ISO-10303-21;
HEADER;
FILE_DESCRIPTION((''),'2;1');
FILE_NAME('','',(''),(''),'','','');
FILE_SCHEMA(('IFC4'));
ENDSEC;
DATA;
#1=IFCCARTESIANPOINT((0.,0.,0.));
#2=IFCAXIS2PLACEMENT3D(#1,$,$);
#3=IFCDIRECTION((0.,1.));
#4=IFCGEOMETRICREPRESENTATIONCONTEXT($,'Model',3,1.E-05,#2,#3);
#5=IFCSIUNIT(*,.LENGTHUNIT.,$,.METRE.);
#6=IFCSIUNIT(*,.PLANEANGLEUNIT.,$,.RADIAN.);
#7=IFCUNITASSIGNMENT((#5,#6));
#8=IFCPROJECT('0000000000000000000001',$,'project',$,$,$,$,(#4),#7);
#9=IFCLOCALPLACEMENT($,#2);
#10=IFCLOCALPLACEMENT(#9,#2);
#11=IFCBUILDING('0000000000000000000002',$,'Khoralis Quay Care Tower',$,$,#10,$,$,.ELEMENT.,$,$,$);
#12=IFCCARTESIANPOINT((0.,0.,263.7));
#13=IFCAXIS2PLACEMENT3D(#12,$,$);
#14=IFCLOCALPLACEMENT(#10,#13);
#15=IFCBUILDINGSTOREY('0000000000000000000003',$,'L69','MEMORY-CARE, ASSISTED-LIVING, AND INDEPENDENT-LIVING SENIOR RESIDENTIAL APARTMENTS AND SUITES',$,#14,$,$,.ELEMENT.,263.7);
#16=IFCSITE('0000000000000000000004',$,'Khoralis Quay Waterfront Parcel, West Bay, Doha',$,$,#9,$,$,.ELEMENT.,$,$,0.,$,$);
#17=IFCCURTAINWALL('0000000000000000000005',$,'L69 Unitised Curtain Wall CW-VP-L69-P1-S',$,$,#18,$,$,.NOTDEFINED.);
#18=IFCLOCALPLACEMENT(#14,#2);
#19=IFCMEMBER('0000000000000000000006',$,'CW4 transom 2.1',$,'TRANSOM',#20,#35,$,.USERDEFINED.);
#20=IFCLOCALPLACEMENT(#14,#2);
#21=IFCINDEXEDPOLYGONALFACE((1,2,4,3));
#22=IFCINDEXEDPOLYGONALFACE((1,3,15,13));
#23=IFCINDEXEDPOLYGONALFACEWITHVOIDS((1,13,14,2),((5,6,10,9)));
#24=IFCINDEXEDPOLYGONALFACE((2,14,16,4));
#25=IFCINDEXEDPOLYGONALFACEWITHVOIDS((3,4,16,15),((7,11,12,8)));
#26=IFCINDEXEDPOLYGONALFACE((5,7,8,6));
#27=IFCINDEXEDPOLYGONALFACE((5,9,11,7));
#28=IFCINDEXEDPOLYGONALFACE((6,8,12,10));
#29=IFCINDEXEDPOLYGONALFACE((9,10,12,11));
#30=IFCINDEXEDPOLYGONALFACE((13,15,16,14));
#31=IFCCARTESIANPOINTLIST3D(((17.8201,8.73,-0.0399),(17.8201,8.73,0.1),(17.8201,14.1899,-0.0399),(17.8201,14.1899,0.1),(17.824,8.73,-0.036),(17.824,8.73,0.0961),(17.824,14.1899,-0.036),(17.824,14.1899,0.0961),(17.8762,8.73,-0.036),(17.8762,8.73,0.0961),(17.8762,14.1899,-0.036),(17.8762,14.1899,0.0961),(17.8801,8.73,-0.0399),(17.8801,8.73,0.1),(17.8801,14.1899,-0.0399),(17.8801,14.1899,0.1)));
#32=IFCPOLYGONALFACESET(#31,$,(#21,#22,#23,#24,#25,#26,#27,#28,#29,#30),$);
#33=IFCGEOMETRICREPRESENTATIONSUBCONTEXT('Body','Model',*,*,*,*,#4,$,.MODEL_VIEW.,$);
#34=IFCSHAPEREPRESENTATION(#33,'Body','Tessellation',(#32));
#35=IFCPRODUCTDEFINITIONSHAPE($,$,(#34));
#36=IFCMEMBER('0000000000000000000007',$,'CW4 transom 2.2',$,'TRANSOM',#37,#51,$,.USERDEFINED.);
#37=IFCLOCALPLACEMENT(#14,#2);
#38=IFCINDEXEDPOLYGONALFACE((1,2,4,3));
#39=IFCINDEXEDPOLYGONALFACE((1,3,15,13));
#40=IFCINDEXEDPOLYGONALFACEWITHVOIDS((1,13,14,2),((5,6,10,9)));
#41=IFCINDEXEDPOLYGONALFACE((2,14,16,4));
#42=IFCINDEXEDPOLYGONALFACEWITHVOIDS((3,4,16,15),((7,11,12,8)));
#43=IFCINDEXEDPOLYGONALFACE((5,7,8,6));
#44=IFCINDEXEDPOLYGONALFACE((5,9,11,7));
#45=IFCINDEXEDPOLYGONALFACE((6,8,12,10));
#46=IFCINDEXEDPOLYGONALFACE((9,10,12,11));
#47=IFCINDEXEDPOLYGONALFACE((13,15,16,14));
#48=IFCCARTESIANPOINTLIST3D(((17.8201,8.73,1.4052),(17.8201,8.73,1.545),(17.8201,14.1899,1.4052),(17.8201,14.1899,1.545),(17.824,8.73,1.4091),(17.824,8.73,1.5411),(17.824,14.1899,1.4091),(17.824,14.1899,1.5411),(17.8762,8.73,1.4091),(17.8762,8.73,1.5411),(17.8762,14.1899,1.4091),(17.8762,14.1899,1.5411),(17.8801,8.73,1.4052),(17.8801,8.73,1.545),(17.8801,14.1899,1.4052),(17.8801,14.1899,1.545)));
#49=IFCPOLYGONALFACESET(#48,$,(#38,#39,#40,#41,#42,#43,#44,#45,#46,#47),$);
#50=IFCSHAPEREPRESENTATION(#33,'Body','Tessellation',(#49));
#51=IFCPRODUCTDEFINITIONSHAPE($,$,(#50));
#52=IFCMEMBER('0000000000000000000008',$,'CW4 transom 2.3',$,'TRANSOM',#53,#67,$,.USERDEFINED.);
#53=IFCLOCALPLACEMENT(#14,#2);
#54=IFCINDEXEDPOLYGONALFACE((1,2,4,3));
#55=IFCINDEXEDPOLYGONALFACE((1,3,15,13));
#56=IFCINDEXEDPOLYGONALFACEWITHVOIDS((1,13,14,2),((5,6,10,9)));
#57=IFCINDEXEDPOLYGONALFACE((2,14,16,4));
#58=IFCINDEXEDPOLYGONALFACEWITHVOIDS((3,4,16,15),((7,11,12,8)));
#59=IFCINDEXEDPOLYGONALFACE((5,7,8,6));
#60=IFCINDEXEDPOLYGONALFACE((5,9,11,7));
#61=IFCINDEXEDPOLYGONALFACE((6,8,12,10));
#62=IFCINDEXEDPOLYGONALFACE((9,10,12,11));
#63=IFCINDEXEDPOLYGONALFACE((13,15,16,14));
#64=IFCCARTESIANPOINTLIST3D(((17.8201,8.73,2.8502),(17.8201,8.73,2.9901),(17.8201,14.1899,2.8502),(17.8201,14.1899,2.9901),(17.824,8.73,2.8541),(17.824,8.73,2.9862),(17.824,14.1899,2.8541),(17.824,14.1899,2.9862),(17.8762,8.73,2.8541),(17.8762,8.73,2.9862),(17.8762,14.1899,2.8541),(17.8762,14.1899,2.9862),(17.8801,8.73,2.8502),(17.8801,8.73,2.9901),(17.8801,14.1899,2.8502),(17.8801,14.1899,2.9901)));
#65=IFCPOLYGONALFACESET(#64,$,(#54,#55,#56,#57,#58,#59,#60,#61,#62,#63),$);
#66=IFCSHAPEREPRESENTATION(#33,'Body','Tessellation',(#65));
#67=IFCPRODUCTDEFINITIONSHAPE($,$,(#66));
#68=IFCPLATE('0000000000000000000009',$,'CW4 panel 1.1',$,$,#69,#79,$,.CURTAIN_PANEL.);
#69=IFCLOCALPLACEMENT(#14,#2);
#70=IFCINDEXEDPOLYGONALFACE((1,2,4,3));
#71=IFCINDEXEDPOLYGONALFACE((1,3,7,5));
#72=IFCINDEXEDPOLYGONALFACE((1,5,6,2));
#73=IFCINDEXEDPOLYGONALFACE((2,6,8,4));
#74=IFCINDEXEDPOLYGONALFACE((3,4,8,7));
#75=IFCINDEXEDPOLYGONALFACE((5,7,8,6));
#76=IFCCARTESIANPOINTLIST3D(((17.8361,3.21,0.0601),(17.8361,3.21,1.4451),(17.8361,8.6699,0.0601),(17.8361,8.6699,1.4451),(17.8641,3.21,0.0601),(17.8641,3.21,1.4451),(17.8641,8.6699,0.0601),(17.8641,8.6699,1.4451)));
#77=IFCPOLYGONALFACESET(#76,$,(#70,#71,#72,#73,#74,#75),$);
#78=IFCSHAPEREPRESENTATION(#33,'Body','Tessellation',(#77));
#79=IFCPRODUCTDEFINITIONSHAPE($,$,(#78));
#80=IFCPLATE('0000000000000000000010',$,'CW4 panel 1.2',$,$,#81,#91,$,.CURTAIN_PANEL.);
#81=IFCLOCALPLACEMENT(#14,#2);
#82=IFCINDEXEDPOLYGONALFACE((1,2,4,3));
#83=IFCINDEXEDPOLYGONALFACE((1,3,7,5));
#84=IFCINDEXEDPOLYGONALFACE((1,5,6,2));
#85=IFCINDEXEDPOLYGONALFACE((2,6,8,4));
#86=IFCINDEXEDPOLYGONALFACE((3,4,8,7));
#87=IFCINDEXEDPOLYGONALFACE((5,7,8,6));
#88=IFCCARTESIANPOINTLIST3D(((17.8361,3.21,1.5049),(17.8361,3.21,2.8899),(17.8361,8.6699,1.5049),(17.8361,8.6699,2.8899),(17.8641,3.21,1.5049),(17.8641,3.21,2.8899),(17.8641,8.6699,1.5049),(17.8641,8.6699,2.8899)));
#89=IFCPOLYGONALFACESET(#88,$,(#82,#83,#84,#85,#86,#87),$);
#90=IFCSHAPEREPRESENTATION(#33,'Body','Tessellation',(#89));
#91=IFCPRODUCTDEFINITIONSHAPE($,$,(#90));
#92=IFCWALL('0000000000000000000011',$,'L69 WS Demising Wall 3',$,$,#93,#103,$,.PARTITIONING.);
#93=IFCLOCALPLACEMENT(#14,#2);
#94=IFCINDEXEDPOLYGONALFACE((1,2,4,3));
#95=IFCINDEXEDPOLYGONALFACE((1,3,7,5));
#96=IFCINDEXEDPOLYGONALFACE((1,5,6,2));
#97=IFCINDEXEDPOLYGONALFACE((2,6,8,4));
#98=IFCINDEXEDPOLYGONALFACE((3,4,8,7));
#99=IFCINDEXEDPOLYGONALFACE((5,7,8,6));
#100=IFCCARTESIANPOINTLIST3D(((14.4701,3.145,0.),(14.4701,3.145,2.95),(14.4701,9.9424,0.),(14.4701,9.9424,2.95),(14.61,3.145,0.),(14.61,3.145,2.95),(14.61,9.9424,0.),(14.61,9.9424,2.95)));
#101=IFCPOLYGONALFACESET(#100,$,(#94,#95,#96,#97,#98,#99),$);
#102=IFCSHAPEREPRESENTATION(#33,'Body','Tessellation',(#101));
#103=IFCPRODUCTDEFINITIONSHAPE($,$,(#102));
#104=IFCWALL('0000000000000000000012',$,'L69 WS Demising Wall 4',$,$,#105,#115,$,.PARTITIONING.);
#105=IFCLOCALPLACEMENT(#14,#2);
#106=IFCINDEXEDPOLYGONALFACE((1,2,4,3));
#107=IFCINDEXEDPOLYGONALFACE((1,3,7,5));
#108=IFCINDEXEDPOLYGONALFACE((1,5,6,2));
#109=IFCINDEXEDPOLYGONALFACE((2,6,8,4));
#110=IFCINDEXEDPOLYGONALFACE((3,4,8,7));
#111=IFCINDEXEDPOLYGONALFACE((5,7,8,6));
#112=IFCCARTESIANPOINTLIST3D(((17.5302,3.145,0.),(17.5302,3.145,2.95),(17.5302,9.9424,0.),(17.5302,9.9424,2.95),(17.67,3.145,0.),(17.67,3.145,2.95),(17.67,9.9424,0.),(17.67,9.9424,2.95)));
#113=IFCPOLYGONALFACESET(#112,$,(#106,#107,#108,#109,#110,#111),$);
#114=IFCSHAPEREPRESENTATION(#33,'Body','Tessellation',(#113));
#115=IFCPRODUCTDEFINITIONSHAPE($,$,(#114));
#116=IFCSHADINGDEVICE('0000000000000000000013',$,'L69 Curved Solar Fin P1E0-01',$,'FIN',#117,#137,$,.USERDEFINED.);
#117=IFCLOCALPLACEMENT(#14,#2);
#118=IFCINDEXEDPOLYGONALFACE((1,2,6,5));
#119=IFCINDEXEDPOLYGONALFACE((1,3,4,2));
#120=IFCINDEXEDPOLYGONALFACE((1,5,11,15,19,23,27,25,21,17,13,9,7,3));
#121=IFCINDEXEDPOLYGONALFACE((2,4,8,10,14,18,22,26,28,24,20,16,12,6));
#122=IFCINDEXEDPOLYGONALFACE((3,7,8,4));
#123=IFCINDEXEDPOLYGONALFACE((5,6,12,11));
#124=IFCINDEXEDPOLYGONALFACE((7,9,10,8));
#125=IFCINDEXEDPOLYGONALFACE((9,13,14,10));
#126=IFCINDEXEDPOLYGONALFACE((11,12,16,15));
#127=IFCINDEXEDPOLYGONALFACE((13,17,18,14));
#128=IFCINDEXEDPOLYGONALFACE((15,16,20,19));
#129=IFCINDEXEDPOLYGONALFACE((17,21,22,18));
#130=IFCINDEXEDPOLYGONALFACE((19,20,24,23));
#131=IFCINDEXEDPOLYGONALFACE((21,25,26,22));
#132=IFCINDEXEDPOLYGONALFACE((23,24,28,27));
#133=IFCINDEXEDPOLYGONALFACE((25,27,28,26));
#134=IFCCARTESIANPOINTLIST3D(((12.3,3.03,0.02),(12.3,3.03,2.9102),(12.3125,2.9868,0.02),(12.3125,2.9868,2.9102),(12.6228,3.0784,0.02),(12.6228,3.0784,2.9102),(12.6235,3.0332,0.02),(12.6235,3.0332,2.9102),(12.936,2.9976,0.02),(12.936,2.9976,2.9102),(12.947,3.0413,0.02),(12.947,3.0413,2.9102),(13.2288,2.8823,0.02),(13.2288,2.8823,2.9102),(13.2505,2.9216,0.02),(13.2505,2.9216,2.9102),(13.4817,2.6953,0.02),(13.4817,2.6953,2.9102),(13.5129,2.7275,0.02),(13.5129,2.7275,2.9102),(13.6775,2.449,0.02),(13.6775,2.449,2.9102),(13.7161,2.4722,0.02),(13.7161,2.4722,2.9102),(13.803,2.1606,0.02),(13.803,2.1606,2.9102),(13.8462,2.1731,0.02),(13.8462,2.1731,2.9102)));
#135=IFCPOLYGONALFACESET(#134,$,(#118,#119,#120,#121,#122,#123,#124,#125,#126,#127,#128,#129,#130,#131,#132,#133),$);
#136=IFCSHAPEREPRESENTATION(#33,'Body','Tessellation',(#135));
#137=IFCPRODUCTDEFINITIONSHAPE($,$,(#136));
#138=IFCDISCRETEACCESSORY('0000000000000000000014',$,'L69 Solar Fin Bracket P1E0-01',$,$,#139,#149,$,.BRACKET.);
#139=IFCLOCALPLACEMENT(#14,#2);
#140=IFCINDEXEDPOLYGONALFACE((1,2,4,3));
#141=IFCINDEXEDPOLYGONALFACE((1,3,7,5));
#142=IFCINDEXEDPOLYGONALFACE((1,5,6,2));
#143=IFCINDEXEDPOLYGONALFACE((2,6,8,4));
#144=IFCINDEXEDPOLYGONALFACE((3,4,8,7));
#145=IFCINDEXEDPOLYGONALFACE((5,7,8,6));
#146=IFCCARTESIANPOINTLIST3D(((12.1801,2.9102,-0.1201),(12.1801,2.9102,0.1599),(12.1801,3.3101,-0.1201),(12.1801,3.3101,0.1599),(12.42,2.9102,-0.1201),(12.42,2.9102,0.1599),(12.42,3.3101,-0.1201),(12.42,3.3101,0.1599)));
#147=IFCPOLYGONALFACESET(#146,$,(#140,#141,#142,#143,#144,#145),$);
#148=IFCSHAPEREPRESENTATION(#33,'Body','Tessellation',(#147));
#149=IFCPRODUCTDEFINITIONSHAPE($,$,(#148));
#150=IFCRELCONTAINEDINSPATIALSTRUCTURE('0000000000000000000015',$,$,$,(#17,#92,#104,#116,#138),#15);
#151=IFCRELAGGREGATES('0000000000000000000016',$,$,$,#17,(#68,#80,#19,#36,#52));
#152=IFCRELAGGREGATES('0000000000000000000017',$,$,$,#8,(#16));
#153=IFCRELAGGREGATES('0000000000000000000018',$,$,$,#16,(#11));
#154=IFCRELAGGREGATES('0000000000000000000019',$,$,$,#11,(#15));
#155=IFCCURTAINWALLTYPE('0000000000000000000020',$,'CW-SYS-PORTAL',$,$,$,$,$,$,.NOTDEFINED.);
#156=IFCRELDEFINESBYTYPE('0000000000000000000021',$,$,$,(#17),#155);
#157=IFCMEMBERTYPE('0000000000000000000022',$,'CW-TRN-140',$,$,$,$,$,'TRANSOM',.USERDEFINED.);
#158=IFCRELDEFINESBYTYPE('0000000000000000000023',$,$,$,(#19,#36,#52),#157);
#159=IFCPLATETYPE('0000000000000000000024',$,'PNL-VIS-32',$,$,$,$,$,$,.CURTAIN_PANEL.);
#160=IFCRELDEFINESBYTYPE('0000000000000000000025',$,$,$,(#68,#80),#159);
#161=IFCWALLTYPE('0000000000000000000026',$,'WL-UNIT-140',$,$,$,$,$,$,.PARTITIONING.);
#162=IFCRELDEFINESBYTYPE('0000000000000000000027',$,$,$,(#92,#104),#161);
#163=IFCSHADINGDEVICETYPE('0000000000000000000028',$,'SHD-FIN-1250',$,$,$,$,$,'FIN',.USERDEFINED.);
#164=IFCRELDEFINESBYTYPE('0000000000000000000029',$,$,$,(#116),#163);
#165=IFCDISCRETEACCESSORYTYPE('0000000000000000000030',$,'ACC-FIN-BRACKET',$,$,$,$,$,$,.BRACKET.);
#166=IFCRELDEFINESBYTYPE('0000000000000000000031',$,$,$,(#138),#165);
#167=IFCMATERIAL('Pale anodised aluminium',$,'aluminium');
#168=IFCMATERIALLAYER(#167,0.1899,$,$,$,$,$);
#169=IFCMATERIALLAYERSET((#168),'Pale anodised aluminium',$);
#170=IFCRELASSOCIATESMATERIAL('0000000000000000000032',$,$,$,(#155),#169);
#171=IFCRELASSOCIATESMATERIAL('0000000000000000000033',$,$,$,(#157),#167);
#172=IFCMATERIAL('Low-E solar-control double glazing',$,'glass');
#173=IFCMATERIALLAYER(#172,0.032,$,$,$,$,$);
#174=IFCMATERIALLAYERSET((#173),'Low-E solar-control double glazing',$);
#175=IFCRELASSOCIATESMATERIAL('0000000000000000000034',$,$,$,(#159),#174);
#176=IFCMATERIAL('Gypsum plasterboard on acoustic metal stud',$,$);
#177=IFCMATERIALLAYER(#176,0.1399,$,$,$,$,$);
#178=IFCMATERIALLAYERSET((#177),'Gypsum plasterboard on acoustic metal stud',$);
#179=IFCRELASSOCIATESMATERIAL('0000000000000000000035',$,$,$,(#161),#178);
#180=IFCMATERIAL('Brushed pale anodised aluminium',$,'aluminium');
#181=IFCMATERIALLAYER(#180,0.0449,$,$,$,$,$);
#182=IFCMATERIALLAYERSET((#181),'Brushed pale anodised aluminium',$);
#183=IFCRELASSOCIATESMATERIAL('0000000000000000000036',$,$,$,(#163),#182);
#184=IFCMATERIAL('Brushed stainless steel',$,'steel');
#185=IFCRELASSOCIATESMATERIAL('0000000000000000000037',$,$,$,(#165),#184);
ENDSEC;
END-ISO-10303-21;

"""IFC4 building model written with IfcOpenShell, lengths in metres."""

from ifc_helpers import new_model, si_unit, direction, frame, frame_2d, origin, origin_2d, place, context, subcontext, project, spatial, polyline, rectangle, hollow_rectangle, outline, extrude, source, transform, mapped, material, layer, layer_set, material_profile, profile_set, type_object, element, aggregate, save


model = new_model("IFC4")

# Units and contexts
model_context = context("Model", 3, precision=1e-05, world=origin(), true_north=direction((0.0, 1.0)))
body_context = subcontext(model_context, "Body", "Model", "MODEL_VIEW")
ifc_project = project(units=[si_unit("LENGTHUNIT", "METRE"), si_unit("PLANEANGLEUNIT", "RADIAN")], contexts=[model_context])

# Site, building, storey
site_placement = place(None, origin())
site = spatial("IfcSite", under=ifc_project, at=site_placement, Name="Khoralis Quay Waterfront Parcel, West Bay, Doha", CompositionType="ELEMENT", RefElevation=0.0)
building_placement = place(site_placement, origin())
building = spatial("IfcBuilding", under=site, at=building_placement, Name="Khoralis Quay Care Tower", CompositionType="ELEMENT")
storey_placement = place(building_placement, frame((0.0, 0.0, 263.7)))
storey = spatial("IfcBuildingStorey", under=building, at=storey_placement, Name="L69", Description="MEMORY-CARE, ASSISTED-LIVING, AND INDEPENDENT-LIVING SENIOR RESIDENTIAL APARTMENTS AND SUITES", CompositionType="ELEMENT", Elevation=263.7)

# Curtain wall, members, plates
ifc_material_1 = material(Name="Pale anodised aluminium", Category="aluminium")
ifc_layer_1 = layer(ifc_material_1, 0.1899)
ifc_layer_set_1 = layer_set([ifc_layer_1], Name="Pale anodised aluminium")
curtain_wall_type = type_object("IfcCurtainWallType", Name="CW-SYS-PORTAL", PredefinedType="NOTDEFINED", material=ifc_layer_set_1)
curtain_wall_placement = place(storey_placement, origin())
curtain_wall = element("IfcCurtainWall", 1, at=curtain_wall_placement, inside=storey, type_object=curtain_wall_type, Name="L69 Unitised Curtain Wall CW-VP-L69-P1-S", PredefinedType="NOTDEFINED")
ifc_material_profile_1 = material_profile(ifc_material_1, hollow_rectangle(XDim=0.0601, YDim=0.1399, WallThickness=0.0039, at=origin_2d()), Name="Pale anodised aluminium")
ifc_profile_set_1 = profile_set([ifc_material_profile_1], Name="Pale anodised aluminium")
member_type_1 = type_object("IfcMemberType", Name="CW-TRN-140", ElementType="TRANSOM", PredefinedType="USERDEFINED", material=ifc_profile_set_1)
shared_shape_1 = source(origin(), body_context, "Body", "SweptSolid", [
    extrude(hollow_rectangle(XDim=0.0601, YDim=0.1399, WallThickness=0.0039, at=origin_2d()), origin(), (0.0, 0.0, 1.0), 5.46),
])
member_1_placement = place(storey_placement, frame((17.8501, 8.73, 0.03), z_axis=(0.0, 1.0, 0.0), x_axis=(-1.0, 0.0, 0.0)))
member_1 = element("IfcMember", 2, at=member_1_placement, type_object=member_type_1, Name="CW4 transom 2.1", ObjectType="TRANSOM", PredefinedType="USERDEFINED", context=body_context, shape_type="MappedRepresentation", body=[
    mapped(shared_shape_1, transform((0.0, 0.0, 0.0), scale=1.0)),
])
member_2_placement = place(storey_placement, frame((17.8501, 8.73, 1.4751), z_axis=(0.0, 1.0, 0.0), x_axis=(-1.0, 0.0, 0.0)))
member_2 = element("IfcMember", 3, at=member_2_placement, type_object=member_type_1, Name="CW4 transom 2.2", ObjectType="TRANSOM", PredefinedType="USERDEFINED", context=body_context, shape_type="MappedRepresentation", body=[
    mapped(shared_shape_1, transform((0.0, 0.0, 0.0), scale=1.0)),
])
member_3_placement = place(storey_placement, frame((17.8501, 8.73, 2.9202), z_axis=(0.0, 1.0, 0.0), x_axis=(-1.0, 0.0, 0.0)))
member_3 = element("IfcMember", 4, at=member_3_placement, type_object=member_type_1, Name="CW4 transom 2.3", ObjectType="TRANSOM", PredefinedType="USERDEFINED", context=body_context, shape_type="MappedRepresentation", body=[
    mapped(shared_shape_1, transform((0.0, 0.0, 0.0), scale=1.0)),
])
ifc_material_2 = material(Name="Low-E solar-control double glazing", Category="glass")
ifc_layer_2 = layer(ifc_material_2, 0.032)
ifc_layer_set_2 = layer_set([ifc_layer_2], Name="Low-E solar-control double glazing")
plate_type = type_object("IfcPlateType", Name="PNL-VIS-32", PredefinedType="CURTAIN_PANEL", material=ifc_layer_set_2)
shared_shape_2 = source(origin(), body_context, "Body", "SweptSolid", [
    extrude(rectangle(XDim=5.46, YDim=0.0281, at=origin_2d()), origin(), (0.0, 0.0, 1.0), 1.385),
])
plate_1_placement = place(storey_placement, frame((17.8501, 5.9399, 0.0601), z_axis=(0.0, 0.0, 1.0), x_axis=(0.0, 1.0, 0.0)))
plate_1 = element("IfcPlate", 5, at=plate_1_placement, type_object=plate_type, Name="CW4 panel 1.1", PredefinedType="CURTAIN_PANEL", context=body_context, shape_type="MappedRepresentation", body=[
    mapped(shared_shape_2, transform((0.0, 0.0, 0.0), scale=1.0)),
])
plate_2_placement = place(storey_placement, frame((17.8501, 5.9399, 1.5049), z_axis=(0.0, 0.0, 1.0), x_axis=(0.0, 1.0, 0.0)))
plate_2 = element("IfcPlate", 6, at=plate_2_placement, type_object=plate_type, Name="CW4 panel 1.2", PredefinedType="CURTAIN_PANEL", context=body_context, shape_type="MappedRepresentation", body=[
    mapped(shared_shape_2, transform((0.0, 0.0, 0.0), scale=1.0)),
])
aggregate(curtain_wall, [plate_1, plate_2, member_1, member_2, member_3])

# Walls
ifc_material_3 = material(Name="Gypsum plasterboard on acoustic metal stud")
ifc_layer_3 = layer(ifc_material_3, 0.1399)
ifc_layer_set_3 = layer_set([ifc_layer_3], Name="Gypsum plasterboard on acoustic metal stud")
wall_type = type_object("IfcWallType", Name="WL-UNIT-140", PredefinedType="PARTITIONING", material=ifc_layer_set_3)
for number, where, z_axis, x_axis, name in (
    (7, (14.54, 3.145, 0.0), (0.0, 0.0, 1.0), (0.0, 1.0, 0.0), "L69 WS Demising Wall 3"),
    (8, (17.6001, 3.145, 0.0), (0.0, 0.0, 1.0), (0.0, 1.0, 0.0), "L69 WS Demising Wall 4"),
):
    element("IfcWall", number, at=place(storey_placement, frame(where, z_axis=z_axis, x_axis=x_axis)), inside=storey, type_object=wall_type, Name=name, PredefinedType="PARTITIONING", context=body_context, shape_type="SweptSolid", body=[
        extrude(rectangle(XDim=6.7974, YDim=0.1399, at=frame_2d((3.3987, 0.0))), origin(), (0.0, 0.0, 1.0), 2.95),
    ])

# Shading device
ifc_material_4 = material(Name="Brushed pale anodised aluminium", Category="aluminium")
ifc_layer_4 = layer(ifc_material_4, 0.0449)
ifc_layer_set_4 = layer_set([ifc_layer_4], Name="Brushed pale anodised aluminium")
shading_device_type = type_object("IfcShadingDeviceType", Name="SHD-FIN-1250", ElementType="FIN", PredefinedType="USERDEFINED", material=ifc_layer_set_4)
shared_shape_3 = source(origin(), body_context, "Body", "SweptSolid", [
    extrude(outline(polyline([(0.0, 0.0), (-0.0483, 0.3228), (-0.0112, 0.647), (0.1084, 0.9504), (0.3025, 1.2129), (0.5579, 1.416), (0.8569, 1.5461), (0.8694, 1.5029), (0.5811, 1.3774), (0.3347, 1.1816), (0.1477, 0.9287), (0.0325, 0.636), (-0.0032, 0.3235), (0.0432, 0.0125), (0.0, 0.0)])), origin(), (0.0, 0.0, 1.0), 2.8901),
])
shading_device_placement = place(storey_placement, frame((12.3, 3.03, 0.02), z_axis=(0.0, 0.0, 1.0), x_axis=(0.0, -1.0, 0.0)))
element("IfcShadingDevice", 9, at=shading_device_placement, inside=storey, type_object=shading_device_type, Name="L69 Curved Solar Fin P1E0-01", ObjectType="FIN", PredefinedType="USERDEFINED", context=body_context, shape_type="MappedRepresentation", body=[
    mapped(shared_shape_3, transform((0.0, 0.0, 0.0), scale=1.0)),
])

# Discrete accessory
ifc_material_5 = material(Name="Brushed stainless steel", Category="steel")
discrete_accessory_type = type_object("IfcDiscreteAccessoryType", Name="ACC-FIN-BRACKET", PredefinedType="BRACKET", material=ifc_material_5)
shared_shape_4 = source(origin(), body_context, "Body", "SweptSolid", [
    extrude(rectangle(XDim=0.3999, YDim=0.24, at=origin_2d()), origin(), (0.0, 0.0, 1.0), 0.28),
])
discrete_accessory_placement = place(storey_placement, frame((12.3, 3.1101, -0.1201), z_axis=(0.0, 0.0, 1.0), x_axis=(0.0, -1.0, 0.0)))
element("IfcDiscreteAccessory", 10, at=discrete_accessory_placement, inside=storey, type_object=discrete_accessory_type, Name="L69 Solar Fin Bracket P1E0-01", PredefinedType="BRACKET", context=body_context, shape_type="MappedRepresentation", body=[
    mapped(shared_shape_4, transform((0.0, 0.0, 0.0), scale=1.0)),
])

save(model, "model.ifc")
